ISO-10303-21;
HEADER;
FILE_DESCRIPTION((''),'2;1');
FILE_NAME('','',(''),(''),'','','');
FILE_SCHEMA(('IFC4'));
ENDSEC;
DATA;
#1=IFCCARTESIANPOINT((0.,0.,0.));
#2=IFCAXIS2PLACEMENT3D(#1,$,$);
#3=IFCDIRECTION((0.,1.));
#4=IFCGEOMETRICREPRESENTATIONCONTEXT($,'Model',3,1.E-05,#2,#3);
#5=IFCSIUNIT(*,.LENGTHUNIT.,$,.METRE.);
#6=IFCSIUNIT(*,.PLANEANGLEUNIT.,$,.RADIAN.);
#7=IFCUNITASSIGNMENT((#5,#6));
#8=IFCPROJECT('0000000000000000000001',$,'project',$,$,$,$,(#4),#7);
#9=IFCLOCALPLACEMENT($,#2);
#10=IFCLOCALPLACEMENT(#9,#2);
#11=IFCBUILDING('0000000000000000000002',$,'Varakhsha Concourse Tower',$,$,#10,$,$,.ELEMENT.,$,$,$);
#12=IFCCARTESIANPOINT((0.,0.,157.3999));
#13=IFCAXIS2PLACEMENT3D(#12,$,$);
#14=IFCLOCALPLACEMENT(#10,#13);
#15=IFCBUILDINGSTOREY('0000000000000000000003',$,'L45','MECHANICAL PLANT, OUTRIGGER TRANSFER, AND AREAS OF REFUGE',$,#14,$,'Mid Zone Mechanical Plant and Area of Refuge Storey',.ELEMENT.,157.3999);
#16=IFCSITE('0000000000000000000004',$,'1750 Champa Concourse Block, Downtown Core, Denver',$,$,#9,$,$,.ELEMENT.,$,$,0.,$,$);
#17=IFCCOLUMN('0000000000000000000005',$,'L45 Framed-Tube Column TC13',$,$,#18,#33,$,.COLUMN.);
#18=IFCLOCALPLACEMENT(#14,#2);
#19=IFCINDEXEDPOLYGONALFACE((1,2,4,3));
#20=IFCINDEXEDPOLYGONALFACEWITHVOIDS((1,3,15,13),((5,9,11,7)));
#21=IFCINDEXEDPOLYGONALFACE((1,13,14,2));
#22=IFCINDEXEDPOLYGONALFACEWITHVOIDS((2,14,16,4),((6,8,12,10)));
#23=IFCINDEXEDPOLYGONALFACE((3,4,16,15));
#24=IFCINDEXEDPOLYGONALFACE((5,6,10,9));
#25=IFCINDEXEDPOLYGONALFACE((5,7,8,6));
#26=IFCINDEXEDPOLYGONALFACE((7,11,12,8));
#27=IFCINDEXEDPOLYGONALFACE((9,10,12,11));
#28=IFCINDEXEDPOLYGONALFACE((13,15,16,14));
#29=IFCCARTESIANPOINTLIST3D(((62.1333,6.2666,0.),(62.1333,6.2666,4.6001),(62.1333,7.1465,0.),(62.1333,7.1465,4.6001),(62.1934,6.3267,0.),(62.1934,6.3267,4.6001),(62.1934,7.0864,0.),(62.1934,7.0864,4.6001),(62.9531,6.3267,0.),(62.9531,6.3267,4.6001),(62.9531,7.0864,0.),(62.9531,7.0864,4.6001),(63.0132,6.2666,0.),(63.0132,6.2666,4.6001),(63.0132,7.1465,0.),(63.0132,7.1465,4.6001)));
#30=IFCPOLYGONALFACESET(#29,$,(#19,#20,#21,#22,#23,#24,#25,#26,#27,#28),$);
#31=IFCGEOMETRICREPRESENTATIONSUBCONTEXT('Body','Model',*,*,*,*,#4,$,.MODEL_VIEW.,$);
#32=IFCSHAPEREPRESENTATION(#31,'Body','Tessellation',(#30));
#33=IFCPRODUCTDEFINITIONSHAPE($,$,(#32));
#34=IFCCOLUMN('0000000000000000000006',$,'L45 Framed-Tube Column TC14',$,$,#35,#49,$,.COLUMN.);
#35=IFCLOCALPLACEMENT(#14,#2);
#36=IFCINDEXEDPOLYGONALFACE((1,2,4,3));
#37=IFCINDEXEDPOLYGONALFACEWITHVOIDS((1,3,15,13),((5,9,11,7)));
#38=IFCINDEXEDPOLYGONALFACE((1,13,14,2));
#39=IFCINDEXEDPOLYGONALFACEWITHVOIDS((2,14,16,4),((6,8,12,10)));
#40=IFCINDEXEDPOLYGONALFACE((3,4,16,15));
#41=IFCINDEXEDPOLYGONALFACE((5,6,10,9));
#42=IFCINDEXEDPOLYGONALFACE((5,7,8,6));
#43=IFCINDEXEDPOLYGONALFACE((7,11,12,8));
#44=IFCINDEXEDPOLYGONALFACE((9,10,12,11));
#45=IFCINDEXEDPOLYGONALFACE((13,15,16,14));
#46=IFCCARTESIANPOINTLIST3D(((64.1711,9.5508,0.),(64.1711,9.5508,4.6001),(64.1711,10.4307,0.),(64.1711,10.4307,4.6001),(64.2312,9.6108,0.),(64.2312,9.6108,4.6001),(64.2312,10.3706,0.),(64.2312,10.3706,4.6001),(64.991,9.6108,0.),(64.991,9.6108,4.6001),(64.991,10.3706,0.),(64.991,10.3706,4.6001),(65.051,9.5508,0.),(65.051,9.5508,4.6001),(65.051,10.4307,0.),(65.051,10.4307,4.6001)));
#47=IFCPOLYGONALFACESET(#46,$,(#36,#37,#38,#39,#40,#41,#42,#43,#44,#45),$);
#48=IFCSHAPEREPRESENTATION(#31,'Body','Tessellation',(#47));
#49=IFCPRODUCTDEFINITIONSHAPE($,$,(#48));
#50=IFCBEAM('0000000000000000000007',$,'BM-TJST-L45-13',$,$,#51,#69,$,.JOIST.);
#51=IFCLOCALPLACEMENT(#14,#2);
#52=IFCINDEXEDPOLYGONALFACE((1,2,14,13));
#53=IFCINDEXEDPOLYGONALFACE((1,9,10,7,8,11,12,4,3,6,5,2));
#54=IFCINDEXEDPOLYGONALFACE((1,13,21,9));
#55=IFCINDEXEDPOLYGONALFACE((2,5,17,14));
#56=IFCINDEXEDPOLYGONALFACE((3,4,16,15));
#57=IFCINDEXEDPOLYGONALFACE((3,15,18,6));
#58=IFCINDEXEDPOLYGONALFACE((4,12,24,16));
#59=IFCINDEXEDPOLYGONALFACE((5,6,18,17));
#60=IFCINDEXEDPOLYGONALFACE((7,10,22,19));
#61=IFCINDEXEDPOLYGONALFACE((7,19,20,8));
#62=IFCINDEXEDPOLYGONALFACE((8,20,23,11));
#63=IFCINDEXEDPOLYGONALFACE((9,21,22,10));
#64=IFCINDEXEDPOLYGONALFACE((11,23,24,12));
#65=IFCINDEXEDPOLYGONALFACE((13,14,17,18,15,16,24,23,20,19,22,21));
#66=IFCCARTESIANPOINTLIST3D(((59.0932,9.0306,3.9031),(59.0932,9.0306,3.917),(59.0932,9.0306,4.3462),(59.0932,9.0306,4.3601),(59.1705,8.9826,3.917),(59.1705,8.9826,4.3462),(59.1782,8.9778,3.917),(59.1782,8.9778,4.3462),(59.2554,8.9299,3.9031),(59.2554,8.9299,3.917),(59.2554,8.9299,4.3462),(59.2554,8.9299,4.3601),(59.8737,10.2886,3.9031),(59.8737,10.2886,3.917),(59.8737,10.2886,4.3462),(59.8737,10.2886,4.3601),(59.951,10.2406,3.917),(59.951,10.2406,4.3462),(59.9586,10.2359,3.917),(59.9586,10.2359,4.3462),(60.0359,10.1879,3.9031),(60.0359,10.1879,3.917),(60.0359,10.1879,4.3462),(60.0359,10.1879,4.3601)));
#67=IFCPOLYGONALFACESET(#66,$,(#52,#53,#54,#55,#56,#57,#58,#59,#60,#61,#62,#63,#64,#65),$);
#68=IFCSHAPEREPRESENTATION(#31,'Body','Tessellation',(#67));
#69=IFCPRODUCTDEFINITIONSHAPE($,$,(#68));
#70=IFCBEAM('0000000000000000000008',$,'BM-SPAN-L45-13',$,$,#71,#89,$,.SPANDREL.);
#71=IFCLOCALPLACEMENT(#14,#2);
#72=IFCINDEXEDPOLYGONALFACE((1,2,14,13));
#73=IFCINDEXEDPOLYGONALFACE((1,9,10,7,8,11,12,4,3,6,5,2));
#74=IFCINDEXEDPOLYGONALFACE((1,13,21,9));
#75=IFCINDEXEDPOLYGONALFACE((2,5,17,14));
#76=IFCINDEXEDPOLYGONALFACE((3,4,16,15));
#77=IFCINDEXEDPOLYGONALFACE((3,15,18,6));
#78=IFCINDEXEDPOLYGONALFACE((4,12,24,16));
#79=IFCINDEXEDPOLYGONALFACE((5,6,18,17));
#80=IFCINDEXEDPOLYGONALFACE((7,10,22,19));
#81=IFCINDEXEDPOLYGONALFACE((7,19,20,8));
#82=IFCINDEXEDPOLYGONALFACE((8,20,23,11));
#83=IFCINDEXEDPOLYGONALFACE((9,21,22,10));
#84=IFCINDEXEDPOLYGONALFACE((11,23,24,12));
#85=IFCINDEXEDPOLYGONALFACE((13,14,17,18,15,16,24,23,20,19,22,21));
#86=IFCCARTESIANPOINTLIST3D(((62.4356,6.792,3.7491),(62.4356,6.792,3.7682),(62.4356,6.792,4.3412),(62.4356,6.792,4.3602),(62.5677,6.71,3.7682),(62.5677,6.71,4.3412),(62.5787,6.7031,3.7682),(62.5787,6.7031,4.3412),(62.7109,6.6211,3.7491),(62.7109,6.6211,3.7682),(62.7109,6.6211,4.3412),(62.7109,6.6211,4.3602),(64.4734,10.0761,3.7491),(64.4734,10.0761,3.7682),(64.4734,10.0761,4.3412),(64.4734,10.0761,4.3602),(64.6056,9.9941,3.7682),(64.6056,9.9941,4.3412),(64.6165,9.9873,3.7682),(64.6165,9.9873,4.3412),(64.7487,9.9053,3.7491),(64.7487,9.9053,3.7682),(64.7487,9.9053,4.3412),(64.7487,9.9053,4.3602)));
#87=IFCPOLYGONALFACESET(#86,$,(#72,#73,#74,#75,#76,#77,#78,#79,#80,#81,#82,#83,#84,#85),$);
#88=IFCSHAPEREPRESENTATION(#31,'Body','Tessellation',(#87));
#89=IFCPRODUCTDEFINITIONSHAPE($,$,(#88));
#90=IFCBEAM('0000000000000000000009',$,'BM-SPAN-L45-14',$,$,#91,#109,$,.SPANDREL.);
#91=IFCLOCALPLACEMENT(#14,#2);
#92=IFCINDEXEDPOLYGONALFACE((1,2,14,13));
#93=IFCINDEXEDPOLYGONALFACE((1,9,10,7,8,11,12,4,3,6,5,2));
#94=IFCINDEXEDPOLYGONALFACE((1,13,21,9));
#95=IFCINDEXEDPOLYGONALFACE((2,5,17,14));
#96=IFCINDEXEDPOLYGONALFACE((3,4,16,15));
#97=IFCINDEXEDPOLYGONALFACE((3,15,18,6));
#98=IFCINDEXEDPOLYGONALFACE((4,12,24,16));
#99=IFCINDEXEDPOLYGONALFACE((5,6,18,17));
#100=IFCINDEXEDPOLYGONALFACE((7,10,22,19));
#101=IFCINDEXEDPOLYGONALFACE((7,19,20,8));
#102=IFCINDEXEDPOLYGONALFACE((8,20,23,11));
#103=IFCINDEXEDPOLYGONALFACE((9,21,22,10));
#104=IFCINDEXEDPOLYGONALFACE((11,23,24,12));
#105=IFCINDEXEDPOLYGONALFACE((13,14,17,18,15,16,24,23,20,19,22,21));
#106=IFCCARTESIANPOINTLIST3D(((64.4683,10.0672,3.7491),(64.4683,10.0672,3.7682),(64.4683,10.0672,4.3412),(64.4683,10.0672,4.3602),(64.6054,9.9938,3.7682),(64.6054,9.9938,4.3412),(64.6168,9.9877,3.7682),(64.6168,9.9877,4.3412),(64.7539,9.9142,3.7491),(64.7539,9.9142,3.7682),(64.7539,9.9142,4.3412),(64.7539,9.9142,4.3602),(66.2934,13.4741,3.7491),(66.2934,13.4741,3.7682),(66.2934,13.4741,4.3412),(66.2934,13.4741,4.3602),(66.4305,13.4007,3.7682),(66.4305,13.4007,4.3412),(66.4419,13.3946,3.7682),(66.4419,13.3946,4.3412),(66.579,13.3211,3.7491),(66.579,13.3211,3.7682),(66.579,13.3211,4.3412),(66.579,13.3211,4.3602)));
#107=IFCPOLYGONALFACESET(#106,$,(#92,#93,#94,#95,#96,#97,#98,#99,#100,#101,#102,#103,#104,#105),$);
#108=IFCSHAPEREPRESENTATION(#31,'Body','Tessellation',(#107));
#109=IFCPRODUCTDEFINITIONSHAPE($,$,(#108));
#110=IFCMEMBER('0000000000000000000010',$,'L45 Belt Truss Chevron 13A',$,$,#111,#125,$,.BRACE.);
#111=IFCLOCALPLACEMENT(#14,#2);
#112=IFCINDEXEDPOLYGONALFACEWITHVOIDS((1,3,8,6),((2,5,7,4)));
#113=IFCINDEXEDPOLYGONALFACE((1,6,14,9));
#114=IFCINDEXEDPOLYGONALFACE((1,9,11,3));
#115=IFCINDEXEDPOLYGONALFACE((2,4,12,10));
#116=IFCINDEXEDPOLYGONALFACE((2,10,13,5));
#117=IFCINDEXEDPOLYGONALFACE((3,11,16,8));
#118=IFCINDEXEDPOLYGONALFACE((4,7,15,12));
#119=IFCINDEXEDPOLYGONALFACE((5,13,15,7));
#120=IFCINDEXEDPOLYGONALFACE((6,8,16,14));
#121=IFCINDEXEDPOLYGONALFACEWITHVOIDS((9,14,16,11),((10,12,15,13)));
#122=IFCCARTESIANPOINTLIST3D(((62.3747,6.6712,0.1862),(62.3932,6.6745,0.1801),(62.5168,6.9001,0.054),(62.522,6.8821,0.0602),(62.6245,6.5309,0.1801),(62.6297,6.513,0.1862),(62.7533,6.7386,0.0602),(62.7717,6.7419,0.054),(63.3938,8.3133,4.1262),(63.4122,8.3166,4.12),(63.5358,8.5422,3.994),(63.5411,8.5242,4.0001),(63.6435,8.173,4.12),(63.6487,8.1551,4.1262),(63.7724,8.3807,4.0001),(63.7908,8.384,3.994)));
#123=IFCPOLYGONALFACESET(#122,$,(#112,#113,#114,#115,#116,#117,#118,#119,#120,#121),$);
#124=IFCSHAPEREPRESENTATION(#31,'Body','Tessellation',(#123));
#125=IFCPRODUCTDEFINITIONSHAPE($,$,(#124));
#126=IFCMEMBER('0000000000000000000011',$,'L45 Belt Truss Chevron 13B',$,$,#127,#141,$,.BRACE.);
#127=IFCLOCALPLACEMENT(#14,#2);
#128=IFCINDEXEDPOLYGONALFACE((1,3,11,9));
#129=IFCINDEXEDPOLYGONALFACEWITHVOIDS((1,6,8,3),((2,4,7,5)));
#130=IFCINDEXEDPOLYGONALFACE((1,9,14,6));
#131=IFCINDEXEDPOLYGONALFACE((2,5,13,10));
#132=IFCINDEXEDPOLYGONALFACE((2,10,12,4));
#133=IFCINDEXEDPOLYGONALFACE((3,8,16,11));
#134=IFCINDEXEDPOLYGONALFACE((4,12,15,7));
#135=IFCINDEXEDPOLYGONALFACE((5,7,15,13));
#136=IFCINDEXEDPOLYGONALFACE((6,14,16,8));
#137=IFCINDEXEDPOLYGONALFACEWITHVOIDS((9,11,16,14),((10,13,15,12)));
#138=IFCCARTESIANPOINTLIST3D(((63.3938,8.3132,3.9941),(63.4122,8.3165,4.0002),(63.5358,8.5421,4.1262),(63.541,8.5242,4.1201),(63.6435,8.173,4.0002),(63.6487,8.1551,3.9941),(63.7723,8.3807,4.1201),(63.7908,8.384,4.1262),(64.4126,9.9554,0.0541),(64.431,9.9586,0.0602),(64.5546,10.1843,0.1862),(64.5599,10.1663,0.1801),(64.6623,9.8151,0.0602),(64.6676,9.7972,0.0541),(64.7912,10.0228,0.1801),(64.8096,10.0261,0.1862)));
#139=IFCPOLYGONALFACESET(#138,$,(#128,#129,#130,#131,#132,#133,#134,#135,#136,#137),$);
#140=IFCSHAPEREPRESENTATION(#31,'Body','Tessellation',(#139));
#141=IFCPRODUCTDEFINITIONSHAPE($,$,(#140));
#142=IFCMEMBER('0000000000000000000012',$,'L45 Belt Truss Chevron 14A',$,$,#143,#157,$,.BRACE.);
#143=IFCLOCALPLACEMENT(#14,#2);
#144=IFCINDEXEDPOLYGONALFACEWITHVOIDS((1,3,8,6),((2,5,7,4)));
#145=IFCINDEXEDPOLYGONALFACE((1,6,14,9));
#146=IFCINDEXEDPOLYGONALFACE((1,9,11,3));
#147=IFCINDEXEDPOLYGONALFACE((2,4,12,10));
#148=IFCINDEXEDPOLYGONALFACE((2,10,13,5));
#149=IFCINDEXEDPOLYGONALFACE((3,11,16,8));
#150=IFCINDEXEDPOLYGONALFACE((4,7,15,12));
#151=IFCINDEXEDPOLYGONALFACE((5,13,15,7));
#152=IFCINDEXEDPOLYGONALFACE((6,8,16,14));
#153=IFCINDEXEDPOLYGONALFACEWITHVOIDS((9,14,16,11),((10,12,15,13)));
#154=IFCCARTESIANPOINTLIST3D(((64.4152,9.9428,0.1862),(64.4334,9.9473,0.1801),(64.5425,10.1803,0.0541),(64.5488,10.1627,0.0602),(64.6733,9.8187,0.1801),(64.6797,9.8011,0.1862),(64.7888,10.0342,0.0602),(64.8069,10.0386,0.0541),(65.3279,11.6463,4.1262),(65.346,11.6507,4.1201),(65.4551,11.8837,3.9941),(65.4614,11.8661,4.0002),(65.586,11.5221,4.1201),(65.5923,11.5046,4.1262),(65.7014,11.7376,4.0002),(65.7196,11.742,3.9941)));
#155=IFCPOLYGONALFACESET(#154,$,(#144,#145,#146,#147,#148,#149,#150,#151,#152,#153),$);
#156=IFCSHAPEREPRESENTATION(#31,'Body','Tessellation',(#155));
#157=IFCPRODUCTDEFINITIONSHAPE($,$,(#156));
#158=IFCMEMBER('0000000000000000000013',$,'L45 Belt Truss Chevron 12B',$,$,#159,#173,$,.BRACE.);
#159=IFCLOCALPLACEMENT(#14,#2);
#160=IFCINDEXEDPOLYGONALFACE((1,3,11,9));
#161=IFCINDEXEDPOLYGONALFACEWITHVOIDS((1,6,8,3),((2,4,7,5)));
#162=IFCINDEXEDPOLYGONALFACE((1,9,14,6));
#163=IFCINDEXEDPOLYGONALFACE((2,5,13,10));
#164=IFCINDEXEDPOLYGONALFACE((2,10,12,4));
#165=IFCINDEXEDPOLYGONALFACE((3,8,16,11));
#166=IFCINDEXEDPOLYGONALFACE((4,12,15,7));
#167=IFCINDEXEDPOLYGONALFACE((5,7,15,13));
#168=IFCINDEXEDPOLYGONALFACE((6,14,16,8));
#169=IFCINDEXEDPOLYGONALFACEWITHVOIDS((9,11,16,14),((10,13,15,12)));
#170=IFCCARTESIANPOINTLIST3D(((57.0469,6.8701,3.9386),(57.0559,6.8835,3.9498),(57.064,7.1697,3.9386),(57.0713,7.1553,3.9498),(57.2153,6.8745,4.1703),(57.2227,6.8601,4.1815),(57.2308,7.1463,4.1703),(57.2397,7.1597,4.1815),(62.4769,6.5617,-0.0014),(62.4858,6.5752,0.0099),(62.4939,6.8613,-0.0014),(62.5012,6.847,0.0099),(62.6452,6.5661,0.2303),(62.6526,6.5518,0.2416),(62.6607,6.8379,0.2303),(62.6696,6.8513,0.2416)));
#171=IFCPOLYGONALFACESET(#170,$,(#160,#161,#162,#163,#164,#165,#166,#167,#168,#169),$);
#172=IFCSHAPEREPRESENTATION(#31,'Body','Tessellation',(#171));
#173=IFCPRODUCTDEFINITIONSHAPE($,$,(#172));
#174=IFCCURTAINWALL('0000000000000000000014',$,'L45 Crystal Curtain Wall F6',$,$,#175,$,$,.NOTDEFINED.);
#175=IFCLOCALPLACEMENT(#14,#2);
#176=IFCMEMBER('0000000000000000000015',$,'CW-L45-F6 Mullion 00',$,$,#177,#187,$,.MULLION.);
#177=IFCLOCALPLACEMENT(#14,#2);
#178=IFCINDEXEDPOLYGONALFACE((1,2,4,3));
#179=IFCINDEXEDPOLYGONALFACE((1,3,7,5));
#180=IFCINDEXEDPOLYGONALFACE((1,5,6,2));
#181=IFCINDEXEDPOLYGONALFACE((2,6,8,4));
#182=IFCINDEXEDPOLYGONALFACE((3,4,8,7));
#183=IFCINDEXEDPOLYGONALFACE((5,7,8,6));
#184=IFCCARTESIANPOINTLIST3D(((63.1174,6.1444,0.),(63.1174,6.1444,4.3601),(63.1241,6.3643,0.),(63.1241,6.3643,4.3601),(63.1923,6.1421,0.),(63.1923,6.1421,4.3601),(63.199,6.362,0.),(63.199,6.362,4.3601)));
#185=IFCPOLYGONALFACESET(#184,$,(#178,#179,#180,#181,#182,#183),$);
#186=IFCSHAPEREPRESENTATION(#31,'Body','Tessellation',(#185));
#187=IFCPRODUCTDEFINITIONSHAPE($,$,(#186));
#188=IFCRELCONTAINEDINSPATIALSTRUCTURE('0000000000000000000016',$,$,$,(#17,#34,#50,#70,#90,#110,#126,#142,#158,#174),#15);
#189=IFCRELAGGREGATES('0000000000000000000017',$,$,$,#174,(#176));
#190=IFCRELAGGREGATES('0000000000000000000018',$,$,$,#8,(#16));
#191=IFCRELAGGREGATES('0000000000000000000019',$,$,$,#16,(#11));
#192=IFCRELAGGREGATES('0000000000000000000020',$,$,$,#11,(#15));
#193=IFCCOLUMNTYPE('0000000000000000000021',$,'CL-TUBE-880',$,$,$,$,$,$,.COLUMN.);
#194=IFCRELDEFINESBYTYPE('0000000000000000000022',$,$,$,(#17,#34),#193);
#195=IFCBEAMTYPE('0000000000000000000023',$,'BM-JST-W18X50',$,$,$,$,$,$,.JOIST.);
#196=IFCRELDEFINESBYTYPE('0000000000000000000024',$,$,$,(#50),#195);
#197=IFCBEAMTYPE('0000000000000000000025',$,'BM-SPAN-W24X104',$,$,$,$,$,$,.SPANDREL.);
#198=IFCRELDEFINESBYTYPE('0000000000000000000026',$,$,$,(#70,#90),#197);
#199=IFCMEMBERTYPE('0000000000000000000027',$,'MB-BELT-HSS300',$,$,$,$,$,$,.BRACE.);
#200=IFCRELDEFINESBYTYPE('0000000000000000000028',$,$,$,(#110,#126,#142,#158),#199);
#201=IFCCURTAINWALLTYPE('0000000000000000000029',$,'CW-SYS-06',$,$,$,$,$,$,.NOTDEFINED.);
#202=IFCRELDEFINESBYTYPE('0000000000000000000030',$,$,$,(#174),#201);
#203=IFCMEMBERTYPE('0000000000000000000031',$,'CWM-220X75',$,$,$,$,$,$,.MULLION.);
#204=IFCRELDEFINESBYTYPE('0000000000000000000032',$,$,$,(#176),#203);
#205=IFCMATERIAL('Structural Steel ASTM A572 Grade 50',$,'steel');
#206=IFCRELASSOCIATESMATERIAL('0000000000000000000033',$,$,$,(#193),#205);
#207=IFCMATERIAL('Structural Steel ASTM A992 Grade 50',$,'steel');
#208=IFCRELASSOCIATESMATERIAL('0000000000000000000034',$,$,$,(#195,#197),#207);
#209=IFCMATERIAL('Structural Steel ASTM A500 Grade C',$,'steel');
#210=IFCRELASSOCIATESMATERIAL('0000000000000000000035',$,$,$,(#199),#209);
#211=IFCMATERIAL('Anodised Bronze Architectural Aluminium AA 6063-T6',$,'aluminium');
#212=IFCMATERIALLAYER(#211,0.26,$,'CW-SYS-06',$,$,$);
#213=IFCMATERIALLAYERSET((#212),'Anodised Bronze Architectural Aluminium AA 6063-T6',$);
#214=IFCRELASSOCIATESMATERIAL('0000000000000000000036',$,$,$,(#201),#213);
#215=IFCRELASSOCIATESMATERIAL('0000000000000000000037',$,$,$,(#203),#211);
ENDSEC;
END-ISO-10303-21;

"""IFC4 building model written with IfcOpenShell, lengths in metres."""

from ifc_helpers import new_model, si_unit, direction, frame, origin, origin_2d, place, context, subcontext, project, spatial, rectangle, hollow_rectangle, i_section, extrude, source, transform, mapped, material, layer, layer_set, material_profile, profile_set, type_object, type_shapes, element, aggregate, save


model = new_model("IFC4")

# Units and contexts
model_context = context("Model", 3, precision=1e-05, world=origin(), true_north=direction((0.0, 1.0)))
body_context = subcontext(model_context, "Body", "Model", "MODEL_VIEW")
ifc_project = project(units=[si_unit("LENGTHUNIT", "METRE"), si_unit("PLANEANGLEUNIT", "RADIAN")], contexts=[model_context])

# Site, building, storey
site_placement = place(None, origin())
site = spatial("IfcSite", under=ifc_project, at=site_placement, Name="1750 Champa Concourse Block, Downtown Core, Denver", CompositionType="ELEMENT", RefElevation=0.0)
building_placement = place(site_placement, origin())
building = spatial("IfcBuilding", under=site, at=building_placement, Name="Varakhsha Concourse Tower", CompositionType="ELEMENT")
storey_placement = place(building_placement, frame((0.0, 0.0, 157.3999)))
storey = spatial("IfcBuildingStorey", under=building, at=storey_placement, Name="L45", Description="MECHANICAL PLANT, OUTRIGGER TRANSFER, AND AREAS OF REFUGE", LongName="Mid Zone Mechanical Plant and Area of Refuge Storey", CompositionType="ELEMENT", Elevation=157.3999)

# Columns
ifc_material_1 = material(Name="Structural Steel ASTM A572 Grade 50", Category="steel")
ifc_material_profile_1 = material_profile(ifc_material_1, hollow_rectangle(XDim=0.8799, YDim=0.8799, WallThickness=0.0601, at=origin_2d()), Name="BOX 880x880x60")
ifc_profile_set_1 = profile_set([ifc_material_profile_1], Name="Structural Steel ASTM A572 Grade 50")
column_type = type_object("IfcColumnType", Name="CL-TUBE-880", PredefinedType="COLUMN", material=ifc_profile_set_1)
for number, where, z_axis, x_axis, name in (
    (1, (62.5732, 6.7065, 0.0), (0.0, 0.0, 1.0), (1.0, 0.0, 0.0), "L45 Framed-Tube Column TC13"),
    (2, (64.6111, 9.9907, 0.0), (0.0, 0.0, 1.0), (1.0, 0.0, 0.0), "L45 Framed-Tube Column TC14"),
):
    element("IfcColumn", number, at=place(storey_placement, frame(where, z_axis=z_axis, x_axis=x_axis)), inside=storey, type_object=column_type, Name=name, PredefinedType="COLUMN", context=body_context, shape_type="SweptSolid", body=[
        extrude(hollow_rectangle(XDim=0.8799, YDim=0.8799, WallThickness=0.0601, at=origin_2d()), origin(), (0.0, 0.0, 1.0), 4.6001),
    ])

# Beams
ifc_material_2 = material(Name="Structural Steel ASTM A992 Grade 50", Category="steel")
ifc_material_profile_2 = material_profile(ifc_material_2, i_section(OverallWidth=0.1909, OverallDepth=0.457, WebThickness=0.009, FlangeThickness=0.0139, at=origin_2d()), Name="W18X50")
ifc_profile_set_2 = profile_set([ifc_material_profile_2], Name="Structural Steel ASTM A992 Grade 50")
beam_type_1 = type_object("IfcBeamType", Name="BM-JST-W18X50", PredefinedType="JOIST", material=ifc_profile_set_2)
beam_placement = place(storey_placement, frame((59.1743, 8.9802, 4.1316), z_axis=(0.527195, 0.849745, 0.0), x_axis=(-0.849745, 0.527195, 0.0)))
element("IfcBeam", 3, at=beam_placement, inside=storey, type_object=beam_type_1, Name="BM-TJST-L45-13", PredefinedType="JOIST", context=body_context, shape_type="SweptSolid", body=[
    extrude(i_section(OverallWidth=0.1909, OverallDepth=0.457, WebThickness=0.009, FlangeThickness=0.0139, at=origin_2d()), origin(), (0.0, 0.0, 1.0), 1.4805),
])
ifc_material_profile_3 = material_profile(ifc_material_2, i_section(OverallWidth=0.324, OverallDepth=0.6111, WebThickness=0.0129, FlangeThickness=0.019, at=origin_2d()), Name="W24X104")
ifc_profile_set_3 = profile_set([ifc_material_profile_3], Name="Structural Steel ASTM A992 Grade 50")
beam_type_2 = type_object("IfcBeamType", Name="BM-SPAN-W24X104", PredefinedType="SPANDREL", material=ifc_profile_set_3)
for number, where, z_axis, x_axis, name in (
    (4, (62.5732, 6.7065, 4.0547), (0.527248, 0.849711, 0.0), (-0.849711, 0.527248, 0.0), "BM-SPAN-L45-13"),
    (5, (64.6111, 9.9907, 4.0547), (0.472227, 0.881477, 0.0), (-0.881477, 0.472227, 0.0), "BM-SPAN-L45-14"),
):
    element("IfcBeam", number, at=place(storey_placement, frame(where, z_axis=z_axis, x_axis=x_axis)), inside=storey, type_object=beam_type_2, Name=name, PredefinedType="SPANDREL", context=body_context, shape_type="SweptSolid", body=[
        extrude(i_section(OverallWidth=0.324, OverallDepth=0.6111, WebThickness=0.0129, FlangeThickness=0.019, at=origin_2d()), origin(), (0.0, 0.0, 1.0), 3.865),
    ])

# Members
ifc_material_3 = material(Name="Structural Steel ASTM A500 Grade C", Category="steel")
ifc_material_profile_4 = material_profile(ifc_material_3, hollow_rectangle(XDim=0.3, YDim=0.3, WallThickness=0.0139, at=origin_2d()), Name="HSS 300x300x14")
ifc_profile_set_4 = profile_set([ifc_material_profile_4], Name="Structural Steel ASTM A500 Grade C")
member_type_1 = type_object("IfcMemberType", Name="MB-BELT-HSS300", PredefinedType="BRACE", material=ifc_profile_set_4)
shared_shape_1 = source(origin(), body_context, "Body", "SweptSolid", [
    extrude(hollow_rectangle(XDim=0.3, YDim=0.3, WallThickness=0.0139, at=origin_2d()), origin(), (0.0, 0.0, 1.0), 4.3884),
])
for number, where, z_axis, x_axis, name in (
    (6, (62.5732, 6.7065, 0.1201), (0.232213, 0.374189, 0.897808), (-0.849683, 0.527294, 0.0), "L45 Belt Truss Chevron 13A"),
    (7, (64.6111, 9.9907, 0.1201), (-0.23216, -0.374194, 0.89782), (0.84974, -0.527202, 0.0), "L45 Belt Truss Chevron 13B"),
    (8, (64.6111, 9.9907, 0.1201), (0.20796, 0.388159, 0.897823), (-0.881463, 0.472253, 0.0), "L45 Belt Truss Chevron 14A"),
):
    element("IfcMember", number, at=place(storey_placement, frame(where, z_axis=z_axis, x_axis=x_axis)), inside=storey, type_object=member_type_1, Name=name, PredefinedType="BRACE", context=body_context, shape_type="MappedRepresentation", body=[
        mapped(shared_shape_1, transform((0.0, 0.0, 0.0), scale=1.0)),
    ])
shared_shape_2 = source(origin(), body_context, "Body", "SweptSolid", [
    extrude(hollow_rectangle(XDim=0.3, YDim=0.3, WallThickness=0.0139, at=origin_2d()), origin(), (0.0, 0.0, 1.0), 6.7158),
])
type_shapes(member_type_1, [shared_shape_1, shared_shape_2])
member_1_placement = place(storey_placement, frame((62.5732, 6.7065, 0.1201), z_axis=(-0.808527, 0.045914, 0.586665), x_axis=(-0.056696, -0.998392, 0.0)))
element("IfcMember", 9, at=member_1_placement, inside=storey, type_object=member_type_1, Name="L45 Belt Truss Chevron 12B", PredefinedType="BRACE", context=body_context, shape_type="MappedRepresentation", body=[
    mapped(shared_shape_2, transform((0.0, 0.0, 0.0), scale=1.0)),
])

# Curtain wall, member
ifc_material_4 = material(Name="Anodised Bronze Architectural Aluminium AA 6063-T6", Category="aluminium")
ifc_layer_1 = layer(ifc_material_4, 0.26, Name="CW-SYS-06")
ifc_layer_set_1 = layer_set([ifc_layer_1], Name="Anodised Bronze Architectural Aluminium AA 6063-T6")
curtain_wall_type = type_object("IfcCurtainWallType", Name="CW-SYS-06", PredefinedType="NOTDEFINED", material=ifc_layer_set_1)
curtain_wall_1_placement = place(storey_placement, origin())
curtain_wall_1 = element("IfcCurtainWall", 10, at=curtain_wall_1_placement, inside=storey, type_object=curtain_wall_type, Name="L45 Crystal Curtain Wall F6", PredefinedType="NOTDEFINED")
ifc_material_profile_5 = material_profile(ifc_material_4, rectangle(XDim=0.075, YDim=0.22, at=origin_2d()), Name="CWM-220X75")
ifc_profile_set_5 = profile_set([ifc_material_profile_5], Name="Anodised Bronze Architectural Aluminium AA 6063-T6")
member_type_2 = type_object("IfcMemberType", Name="CWM-220X75", PredefinedType="MULLION", material=ifc_profile_set_5)
shared_shape_3 = source(origin(), body_context, "Body", "SweptSolid", [
    extrude(rectangle(XDim=0.075, YDim=0.22, at=origin_2d()), origin(), (0.0, 0.0, 1.0), 4.3601),
])
type_shapes(member_type_2, [shared_shape_3])
member_2_placement = place(storey_placement, frame((63.1582, 6.2532, 0.0), z_axis=(0.0, 0.0, 1.0), x_axis=(-0.999534, 0.030523, 0.0)))
member_2 = element("IfcMember", 11, at=member_2_placement, type_object=member_type_2, Name="CW-L45-F6 Mullion 00", PredefinedType="MULLION", context=body_context, shape_type="MappedRepresentation", body=[
    mapped(shared_shape_3, transform((0.0, 0.0, 0.0), scale=1.0)),
])

aggregate(curtain_wall_1, [member_2])

save(model, "model.ifc")
